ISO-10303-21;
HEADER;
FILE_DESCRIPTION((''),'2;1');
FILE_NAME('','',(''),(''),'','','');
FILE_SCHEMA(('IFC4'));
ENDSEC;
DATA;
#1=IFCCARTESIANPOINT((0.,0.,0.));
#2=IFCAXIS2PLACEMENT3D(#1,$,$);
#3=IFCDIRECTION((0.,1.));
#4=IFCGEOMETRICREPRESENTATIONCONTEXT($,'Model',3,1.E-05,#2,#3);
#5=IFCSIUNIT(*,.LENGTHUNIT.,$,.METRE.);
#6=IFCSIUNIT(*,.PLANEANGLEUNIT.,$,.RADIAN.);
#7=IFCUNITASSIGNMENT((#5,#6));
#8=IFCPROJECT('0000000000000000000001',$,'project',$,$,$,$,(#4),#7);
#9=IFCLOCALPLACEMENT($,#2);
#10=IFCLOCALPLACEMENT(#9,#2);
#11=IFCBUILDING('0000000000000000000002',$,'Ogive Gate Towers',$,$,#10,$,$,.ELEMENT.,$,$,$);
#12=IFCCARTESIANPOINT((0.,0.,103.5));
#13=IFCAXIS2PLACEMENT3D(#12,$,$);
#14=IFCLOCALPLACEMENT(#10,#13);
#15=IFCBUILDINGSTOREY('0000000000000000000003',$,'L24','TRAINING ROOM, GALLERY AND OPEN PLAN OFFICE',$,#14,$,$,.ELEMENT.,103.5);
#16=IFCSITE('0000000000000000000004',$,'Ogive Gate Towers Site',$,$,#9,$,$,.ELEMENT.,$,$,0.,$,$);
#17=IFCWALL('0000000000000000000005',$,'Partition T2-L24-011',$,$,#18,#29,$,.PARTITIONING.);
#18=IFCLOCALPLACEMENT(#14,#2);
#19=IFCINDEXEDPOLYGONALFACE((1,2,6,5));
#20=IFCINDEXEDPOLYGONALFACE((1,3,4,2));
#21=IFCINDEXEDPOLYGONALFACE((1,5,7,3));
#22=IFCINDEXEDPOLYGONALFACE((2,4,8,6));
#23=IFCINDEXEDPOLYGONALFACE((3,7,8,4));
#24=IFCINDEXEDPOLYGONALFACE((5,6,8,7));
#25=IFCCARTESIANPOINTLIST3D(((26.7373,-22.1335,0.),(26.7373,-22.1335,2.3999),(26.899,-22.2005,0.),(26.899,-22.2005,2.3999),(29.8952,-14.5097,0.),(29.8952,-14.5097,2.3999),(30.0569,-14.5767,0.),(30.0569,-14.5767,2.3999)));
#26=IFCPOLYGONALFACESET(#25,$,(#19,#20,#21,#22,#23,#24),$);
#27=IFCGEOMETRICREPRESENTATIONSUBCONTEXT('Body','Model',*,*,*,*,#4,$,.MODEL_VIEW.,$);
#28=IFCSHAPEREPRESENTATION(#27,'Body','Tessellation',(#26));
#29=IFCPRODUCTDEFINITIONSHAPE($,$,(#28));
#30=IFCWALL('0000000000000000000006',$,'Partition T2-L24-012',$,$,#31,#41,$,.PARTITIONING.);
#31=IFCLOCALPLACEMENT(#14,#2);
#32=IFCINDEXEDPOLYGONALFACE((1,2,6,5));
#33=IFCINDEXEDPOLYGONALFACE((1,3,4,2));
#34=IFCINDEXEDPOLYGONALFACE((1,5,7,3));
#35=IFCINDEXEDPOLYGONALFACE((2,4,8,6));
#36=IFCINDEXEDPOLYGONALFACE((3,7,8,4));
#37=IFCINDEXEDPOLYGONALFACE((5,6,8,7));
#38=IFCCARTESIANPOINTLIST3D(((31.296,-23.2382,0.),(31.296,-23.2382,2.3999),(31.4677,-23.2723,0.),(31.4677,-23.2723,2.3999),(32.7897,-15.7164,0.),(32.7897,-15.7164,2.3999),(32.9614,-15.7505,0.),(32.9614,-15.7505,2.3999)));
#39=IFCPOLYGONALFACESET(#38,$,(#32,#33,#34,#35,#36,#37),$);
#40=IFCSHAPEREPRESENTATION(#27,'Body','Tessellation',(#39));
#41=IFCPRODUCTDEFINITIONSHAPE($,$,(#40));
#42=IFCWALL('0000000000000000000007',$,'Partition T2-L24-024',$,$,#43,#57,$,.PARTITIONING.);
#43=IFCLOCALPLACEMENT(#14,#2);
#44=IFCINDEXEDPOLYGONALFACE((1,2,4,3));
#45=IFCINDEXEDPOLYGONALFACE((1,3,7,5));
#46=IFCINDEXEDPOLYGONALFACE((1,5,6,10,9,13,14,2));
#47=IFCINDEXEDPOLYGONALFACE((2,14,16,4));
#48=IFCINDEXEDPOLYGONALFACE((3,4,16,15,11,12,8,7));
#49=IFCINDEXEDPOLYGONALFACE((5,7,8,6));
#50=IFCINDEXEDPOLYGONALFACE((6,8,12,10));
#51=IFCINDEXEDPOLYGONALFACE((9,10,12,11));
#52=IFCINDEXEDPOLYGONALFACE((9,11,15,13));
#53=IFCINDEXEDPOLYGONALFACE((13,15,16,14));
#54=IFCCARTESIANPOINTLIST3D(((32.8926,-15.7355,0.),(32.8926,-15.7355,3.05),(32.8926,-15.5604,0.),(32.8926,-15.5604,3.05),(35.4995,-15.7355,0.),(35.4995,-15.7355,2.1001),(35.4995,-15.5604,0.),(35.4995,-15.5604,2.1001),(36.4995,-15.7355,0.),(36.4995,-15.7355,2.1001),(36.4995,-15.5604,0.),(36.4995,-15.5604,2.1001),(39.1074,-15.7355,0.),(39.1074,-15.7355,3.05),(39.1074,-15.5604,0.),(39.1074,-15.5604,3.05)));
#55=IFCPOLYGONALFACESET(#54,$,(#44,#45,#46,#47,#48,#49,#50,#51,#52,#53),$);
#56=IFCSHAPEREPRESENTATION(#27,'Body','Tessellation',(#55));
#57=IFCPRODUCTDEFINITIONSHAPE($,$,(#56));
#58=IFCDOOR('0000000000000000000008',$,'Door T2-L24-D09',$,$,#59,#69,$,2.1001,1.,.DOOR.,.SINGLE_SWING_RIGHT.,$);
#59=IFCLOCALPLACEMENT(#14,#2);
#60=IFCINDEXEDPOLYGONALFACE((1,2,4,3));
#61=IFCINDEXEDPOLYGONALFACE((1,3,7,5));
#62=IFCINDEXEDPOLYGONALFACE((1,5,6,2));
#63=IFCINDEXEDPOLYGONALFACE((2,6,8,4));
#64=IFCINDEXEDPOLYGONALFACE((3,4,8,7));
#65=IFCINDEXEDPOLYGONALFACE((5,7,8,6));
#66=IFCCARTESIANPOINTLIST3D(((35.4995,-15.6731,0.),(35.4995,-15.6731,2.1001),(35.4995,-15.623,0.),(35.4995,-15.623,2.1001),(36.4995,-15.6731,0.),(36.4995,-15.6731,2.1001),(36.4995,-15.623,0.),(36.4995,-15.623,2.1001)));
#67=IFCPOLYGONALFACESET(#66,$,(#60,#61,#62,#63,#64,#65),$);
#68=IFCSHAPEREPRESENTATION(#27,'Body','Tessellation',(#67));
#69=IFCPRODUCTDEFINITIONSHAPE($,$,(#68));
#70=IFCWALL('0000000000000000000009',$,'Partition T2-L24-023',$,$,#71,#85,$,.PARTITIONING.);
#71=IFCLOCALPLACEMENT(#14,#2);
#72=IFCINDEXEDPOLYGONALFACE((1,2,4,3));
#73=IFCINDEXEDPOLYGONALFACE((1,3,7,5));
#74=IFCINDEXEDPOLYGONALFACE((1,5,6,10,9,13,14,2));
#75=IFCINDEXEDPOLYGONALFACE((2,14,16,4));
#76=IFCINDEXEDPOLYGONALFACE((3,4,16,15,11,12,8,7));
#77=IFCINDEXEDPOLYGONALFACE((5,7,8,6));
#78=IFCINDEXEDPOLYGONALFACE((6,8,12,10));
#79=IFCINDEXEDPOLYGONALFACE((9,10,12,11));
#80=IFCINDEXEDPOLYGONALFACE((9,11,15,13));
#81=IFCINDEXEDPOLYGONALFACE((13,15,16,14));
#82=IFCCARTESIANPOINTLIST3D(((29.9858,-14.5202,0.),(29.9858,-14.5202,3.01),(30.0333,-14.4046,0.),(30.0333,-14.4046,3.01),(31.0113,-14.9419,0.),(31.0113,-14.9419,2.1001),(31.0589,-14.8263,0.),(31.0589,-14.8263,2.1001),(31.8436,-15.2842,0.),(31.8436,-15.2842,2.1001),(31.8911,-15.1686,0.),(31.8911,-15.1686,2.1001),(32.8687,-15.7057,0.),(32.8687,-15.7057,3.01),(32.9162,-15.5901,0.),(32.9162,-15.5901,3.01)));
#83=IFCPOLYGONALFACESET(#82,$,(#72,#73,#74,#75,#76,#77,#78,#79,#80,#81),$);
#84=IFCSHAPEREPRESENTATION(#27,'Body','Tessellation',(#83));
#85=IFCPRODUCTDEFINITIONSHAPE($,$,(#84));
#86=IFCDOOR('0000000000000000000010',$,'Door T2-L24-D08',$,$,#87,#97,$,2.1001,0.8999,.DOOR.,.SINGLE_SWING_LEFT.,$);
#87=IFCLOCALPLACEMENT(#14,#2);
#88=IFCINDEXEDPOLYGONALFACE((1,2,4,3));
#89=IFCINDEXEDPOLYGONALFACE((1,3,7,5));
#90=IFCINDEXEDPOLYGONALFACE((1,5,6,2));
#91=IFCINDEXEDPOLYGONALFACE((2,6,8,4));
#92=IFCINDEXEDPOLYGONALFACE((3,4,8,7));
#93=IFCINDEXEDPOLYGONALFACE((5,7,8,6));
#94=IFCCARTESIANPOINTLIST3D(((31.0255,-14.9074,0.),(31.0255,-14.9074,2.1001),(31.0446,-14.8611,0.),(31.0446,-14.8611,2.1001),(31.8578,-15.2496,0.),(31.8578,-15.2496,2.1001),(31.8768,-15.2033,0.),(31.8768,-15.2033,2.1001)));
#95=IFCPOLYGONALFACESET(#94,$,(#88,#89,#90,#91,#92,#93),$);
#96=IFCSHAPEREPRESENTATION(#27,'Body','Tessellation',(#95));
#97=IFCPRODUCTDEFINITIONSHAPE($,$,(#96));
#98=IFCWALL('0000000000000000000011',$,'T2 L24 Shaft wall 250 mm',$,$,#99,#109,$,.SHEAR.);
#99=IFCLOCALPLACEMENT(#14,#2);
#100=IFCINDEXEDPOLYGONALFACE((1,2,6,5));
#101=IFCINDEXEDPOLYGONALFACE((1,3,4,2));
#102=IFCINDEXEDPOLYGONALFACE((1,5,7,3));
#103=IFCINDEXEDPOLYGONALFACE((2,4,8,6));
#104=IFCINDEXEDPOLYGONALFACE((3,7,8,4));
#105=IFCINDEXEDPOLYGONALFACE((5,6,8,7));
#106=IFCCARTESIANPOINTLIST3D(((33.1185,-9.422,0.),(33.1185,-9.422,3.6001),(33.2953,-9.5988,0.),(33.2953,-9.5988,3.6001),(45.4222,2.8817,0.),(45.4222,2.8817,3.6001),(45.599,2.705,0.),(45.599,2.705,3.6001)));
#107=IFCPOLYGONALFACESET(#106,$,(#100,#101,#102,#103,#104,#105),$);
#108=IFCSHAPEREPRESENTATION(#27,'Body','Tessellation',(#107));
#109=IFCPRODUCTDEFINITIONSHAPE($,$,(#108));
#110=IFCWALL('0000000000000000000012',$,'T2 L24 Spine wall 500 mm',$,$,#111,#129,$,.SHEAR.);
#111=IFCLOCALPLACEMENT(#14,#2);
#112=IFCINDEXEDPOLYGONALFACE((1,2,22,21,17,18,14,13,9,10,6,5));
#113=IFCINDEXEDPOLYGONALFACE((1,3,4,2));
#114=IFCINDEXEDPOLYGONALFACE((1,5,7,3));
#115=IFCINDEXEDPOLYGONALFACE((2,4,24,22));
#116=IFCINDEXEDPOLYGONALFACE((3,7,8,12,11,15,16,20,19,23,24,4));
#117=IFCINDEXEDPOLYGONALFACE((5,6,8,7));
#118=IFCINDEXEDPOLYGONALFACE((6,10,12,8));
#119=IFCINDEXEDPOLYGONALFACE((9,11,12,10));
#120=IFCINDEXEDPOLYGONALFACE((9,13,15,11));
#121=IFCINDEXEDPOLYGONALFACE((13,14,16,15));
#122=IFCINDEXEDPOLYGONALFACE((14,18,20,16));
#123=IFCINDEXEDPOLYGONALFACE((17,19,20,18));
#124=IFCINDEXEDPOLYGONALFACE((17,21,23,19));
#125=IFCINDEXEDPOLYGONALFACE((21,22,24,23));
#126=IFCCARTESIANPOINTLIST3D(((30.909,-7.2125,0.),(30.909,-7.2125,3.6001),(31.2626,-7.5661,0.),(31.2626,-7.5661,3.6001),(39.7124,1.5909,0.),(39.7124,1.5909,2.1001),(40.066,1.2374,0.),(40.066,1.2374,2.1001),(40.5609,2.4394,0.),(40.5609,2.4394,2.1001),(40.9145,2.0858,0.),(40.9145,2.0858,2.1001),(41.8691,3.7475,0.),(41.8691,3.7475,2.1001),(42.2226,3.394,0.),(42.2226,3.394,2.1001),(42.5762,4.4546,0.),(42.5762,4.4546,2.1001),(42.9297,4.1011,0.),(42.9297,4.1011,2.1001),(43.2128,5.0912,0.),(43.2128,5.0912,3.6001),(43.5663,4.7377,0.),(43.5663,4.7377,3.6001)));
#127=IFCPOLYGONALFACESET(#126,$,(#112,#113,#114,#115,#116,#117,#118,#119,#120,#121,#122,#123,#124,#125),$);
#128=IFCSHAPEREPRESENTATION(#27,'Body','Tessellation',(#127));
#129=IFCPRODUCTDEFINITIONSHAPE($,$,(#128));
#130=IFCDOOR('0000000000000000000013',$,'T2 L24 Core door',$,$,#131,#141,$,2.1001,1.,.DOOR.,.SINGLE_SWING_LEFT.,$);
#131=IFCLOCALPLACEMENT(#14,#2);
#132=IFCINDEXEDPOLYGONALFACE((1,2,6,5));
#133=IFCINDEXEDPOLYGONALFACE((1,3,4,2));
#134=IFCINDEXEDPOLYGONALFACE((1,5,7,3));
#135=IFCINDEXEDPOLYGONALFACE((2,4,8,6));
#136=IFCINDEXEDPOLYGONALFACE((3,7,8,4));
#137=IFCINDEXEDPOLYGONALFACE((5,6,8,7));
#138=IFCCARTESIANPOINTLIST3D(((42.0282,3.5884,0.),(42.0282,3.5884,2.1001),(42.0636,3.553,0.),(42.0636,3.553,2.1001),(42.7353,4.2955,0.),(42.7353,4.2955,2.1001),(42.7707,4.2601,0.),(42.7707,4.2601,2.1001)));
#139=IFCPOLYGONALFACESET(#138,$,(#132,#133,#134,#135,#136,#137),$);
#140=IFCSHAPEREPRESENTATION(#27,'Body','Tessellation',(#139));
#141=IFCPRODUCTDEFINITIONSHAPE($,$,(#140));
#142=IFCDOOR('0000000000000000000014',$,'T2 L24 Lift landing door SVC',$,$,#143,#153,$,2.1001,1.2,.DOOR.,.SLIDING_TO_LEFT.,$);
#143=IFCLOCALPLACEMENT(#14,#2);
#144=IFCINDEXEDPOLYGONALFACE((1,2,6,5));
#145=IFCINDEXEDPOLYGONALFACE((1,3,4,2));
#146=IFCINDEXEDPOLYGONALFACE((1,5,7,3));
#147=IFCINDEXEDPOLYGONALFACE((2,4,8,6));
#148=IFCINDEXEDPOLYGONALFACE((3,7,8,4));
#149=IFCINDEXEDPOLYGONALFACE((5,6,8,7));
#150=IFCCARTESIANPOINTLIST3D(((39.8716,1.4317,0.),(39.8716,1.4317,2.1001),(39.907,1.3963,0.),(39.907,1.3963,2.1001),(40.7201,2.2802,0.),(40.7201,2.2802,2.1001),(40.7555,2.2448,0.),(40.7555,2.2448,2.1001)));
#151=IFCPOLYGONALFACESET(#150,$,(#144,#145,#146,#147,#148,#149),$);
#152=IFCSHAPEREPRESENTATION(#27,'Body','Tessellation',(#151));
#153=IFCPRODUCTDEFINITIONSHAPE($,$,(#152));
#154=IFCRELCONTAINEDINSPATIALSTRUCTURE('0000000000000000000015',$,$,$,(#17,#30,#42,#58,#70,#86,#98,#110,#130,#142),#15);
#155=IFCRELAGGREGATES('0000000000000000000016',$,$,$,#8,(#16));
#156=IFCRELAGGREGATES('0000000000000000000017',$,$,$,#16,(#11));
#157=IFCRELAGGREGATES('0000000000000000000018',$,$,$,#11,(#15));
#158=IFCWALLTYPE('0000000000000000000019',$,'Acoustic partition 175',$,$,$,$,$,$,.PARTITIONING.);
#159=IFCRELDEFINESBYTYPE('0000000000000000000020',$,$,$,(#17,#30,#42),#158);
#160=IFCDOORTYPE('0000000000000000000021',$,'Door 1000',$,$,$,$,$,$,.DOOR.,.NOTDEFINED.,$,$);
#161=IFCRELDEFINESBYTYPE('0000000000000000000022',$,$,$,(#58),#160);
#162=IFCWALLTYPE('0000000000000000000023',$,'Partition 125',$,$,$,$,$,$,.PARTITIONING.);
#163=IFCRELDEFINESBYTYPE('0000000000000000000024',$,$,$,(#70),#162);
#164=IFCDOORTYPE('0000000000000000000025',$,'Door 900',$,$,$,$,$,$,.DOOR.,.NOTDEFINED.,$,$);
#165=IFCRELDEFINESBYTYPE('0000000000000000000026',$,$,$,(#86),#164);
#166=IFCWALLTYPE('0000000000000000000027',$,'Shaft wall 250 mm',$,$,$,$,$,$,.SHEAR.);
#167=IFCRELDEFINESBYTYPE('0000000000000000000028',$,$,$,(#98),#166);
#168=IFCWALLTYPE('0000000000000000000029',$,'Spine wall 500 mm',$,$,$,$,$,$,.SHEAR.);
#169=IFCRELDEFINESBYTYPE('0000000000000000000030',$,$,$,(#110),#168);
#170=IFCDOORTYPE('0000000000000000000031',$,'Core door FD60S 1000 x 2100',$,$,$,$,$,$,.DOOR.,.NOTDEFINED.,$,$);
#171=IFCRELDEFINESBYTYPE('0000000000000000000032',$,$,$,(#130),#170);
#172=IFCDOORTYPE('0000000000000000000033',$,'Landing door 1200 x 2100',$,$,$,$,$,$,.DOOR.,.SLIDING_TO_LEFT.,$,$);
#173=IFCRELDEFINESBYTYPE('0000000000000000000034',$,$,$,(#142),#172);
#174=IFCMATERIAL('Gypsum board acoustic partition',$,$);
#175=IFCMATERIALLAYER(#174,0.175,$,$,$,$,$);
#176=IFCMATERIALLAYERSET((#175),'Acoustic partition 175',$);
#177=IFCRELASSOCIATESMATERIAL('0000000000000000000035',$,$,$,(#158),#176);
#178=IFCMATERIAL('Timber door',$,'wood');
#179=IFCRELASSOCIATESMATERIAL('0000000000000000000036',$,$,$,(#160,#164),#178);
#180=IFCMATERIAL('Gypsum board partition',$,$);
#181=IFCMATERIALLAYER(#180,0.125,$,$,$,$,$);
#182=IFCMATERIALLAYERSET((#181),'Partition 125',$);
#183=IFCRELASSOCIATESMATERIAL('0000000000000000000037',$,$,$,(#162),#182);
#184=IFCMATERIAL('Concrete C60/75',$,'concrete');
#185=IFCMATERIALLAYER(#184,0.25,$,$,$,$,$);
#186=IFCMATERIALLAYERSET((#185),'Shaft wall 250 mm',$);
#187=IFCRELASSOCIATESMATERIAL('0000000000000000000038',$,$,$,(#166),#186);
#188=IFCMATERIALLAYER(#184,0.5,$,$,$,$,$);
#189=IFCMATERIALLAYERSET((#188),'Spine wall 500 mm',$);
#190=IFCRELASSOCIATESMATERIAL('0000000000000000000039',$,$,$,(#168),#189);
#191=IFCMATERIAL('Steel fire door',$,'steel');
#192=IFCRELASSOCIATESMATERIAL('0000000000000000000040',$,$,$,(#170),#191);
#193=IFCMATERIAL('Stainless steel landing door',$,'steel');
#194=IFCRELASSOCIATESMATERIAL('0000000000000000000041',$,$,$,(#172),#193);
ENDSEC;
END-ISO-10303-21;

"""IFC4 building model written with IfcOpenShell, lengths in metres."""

from ifc_helpers import new_model, si_unit, direction, frame, frame_2d, origin, place, context, subcontext, project, spatial, rectangle, extrude, material, layer, layer_set, type_object, element, fill, save


model = new_model("IFC4")

# Units and contexts
model_context = context("Model", 3, precision=1e-05, world=origin(), true_north=direction((0.0, 1.0)))
body_context = subcontext(model_context, "Body", "Model", "MODEL_VIEW")
ifc_project = project(units=[si_unit("LENGTHUNIT", "METRE"), si_unit("PLANEANGLEUNIT", "RADIAN")], contexts=[model_context])

# Site, building, storey
site_placement = place(None, origin())
site = spatial("IfcSite", under=ifc_project, at=site_placement, Name="Ogive Gate Towers Site", CompositionType="ELEMENT", RefElevation=0.0)
building_placement = place(site_placement, origin())
building = spatial("IfcBuilding", under=site, at=building_placement, Name="Ogive Gate Towers", CompositionType="ELEMENT")
storey_placement = place(building_placement, frame((0.0, 0.0, 103.5)))
storey = spatial("IfcBuildingStorey", under=building, at=storey_placement, Name="L24", Description="TRAINING ROOM, GALLERY AND OPEN PLAN OFFICE", CompositionType="ELEMENT", Elevation=103.5)

# Walls
ifc_material_1 = material(Name="Gypsum board acoustic partition")
ifc_layer_1 = layer(ifc_material_1, 0.175)
ifc_layer_set_1 = layer_set([ifc_layer_1], Name="Acoustic partition 175")
wall_type_1 = type_object("IfcWallType", Name="Acoustic partition 175", PredefinedType="PARTITIONING", material=ifc_layer_set_1)
wall_1_placement = place(storey_placement, frame((26.8181, -22.167, 0.0), z_axis=(0.0, 0.0, 1.0), x_axis=(0.382692, 0.923876, 0.0)))
element("IfcWall", 1, at=wall_1_placement, inside=storey, type_object=wall_type_1, Name="Partition T2-L24-011", PredefinedType="PARTITIONING", context=body_context, shape_type="SweptSolid", body=[
    extrude(rectangle(XDim=8.252, YDim=0.175, at=frame_2d((4.126, 0.0))), origin(), (0.0, 0.0, 1.0), 2.3999),
])
wall_2_placement = place(storey_placement, frame((31.3818, -23.2554, 0.0), z_axis=(0.0, 0.0, 1.0), x_axis=(0.194775, 0.980848, 0.0)))
element("IfcWall", 2, at=wall_2_placement, inside=storey, type_object=wall_type_1, Name="Partition T2-L24-012", PredefinedType="PARTITIONING", context=body_context, shape_type="SweptSolid", body=[
    extrude(rectangle(XDim=7.6687, YDim=0.175, at=frame_2d((3.8345, 0.0))), origin(), (0.0, 0.0, 1.0), 2.3999),
])

# Walls, openings, doors
wall_3_placement = place(storey_placement, frame((32.8926, -15.6479, 0.0), z_axis=(0.0, 0.0, 1.0), x_axis=(1.0, 0.0, 0.0)))
wall_3 = element("IfcWall", 3, at=wall_3_placement, inside=storey, type_object=wall_type_1, Name="Partition T2-L24-024", PredefinedType="PARTITIONING", context=body_context, shape_type="SweptSolid", body=[
    extrude(rectangle(XDim=6.2148, YDim=0.175, at=frame_2d((3.1074, 0.0))), origin(), (0.0, 0.0, 1.0), 3.05),
])
opening_1_placement = place(wall_3_placement, frame((2.6069, 0.0, 0.0)))
opening_1 = element("IfcOpeningElement", 4, at=opening_1_placement, cuts=wall_3, PredefinedType="OPENING", context=body_context, shape_type="SweptSolid", body=[
    extrude(rectangle(XDim=1.0, YDim=2.1001, at=frame_2d((0.5, 1.05))), frame((0.0, 0.0977, 0.0), z_axis=(0.0, -1.0, 0.0), x_axis=(1.0, 0.0, 0.0)), (0.0, 0.0, 1.0), 0.1951),
])
ifc_material_2 = material(Name="Timber door", Category="wood")
door_type_1 = type_object("IfcDoorType", Name="Door 1000", OperationType="NOTDEFINED", PredefinedType="DOOR", material=ifc_material_2)
door_1_placement = place(opening_1_placement, origin())
door_1 = element("IfcDoor", 5, at=door_1_placement, inside=storey, type_object=door_type_1, Name="Door T2-L24-D09", OperationType="SINGLE_SWING_RIGHT", OverallHeight=2.1001, OverallWidth=1.0, PredefinedType="DOOR", context=body_context, shape_type="SweptSolid", body=[
    extrude(rectangle(XDim=1.0, YDim=2.1001, at=frame_2d((0.5, 1.05))), frame((0.0, 0.0249, 0.0), z_axis=(0.0, -1.0, 0.0), x_axis=(1.0, 0.0, 0.0)), (0.0, 0.0, 1.0), 0.05),
])
fill(opening_1, door_1)
ifc_material_3 = material(Name="Gypsum board partition")
ifc_layer_2 = layer(ifc_material_3, 0.125)
ifc_layer_set_2 = layer_set([ifc_layer_2], Name="Partition 125")
wall_type_2 = type_object("IfcWallType", Name="Partition 125", PredefinedType="PARTITIONING", material=ifc_layer_set_2)
wall_4_placement = place(storey_placement, frame((30.0095, -14.4624, 0.0), z_axis=(0.0, 0.0, 1.0), x_axis=(0.924858, -0.380313, 0.0)))
wall_4 = element("IfcWall", 6, at=wall_4_placement, inside=storey, type_object=wall_type_2, Name="Partition T2-L24-023", PredefinedType="PARTITIONING", context=body_context, shape_type="SweptSolid", body=[
    extrude(rectangle(XDim=3.1172, YDim=0.125, at=frame_2d((1.5586, 0.0))), origin(), (0.0, 0.0, 1.0), 3.01),
])
opening_2_placement = place(wall_4_placement, frame((1.1089, 0.0, 0.0)))
opening_2 = element("IfcOpeningElement", 7, at=opening_2_placement, cuts=wall_4, PredefinedType="OPENING", context=body_context, shape_type="SweptSolid", body=[
    extrude(rectangle(XDim=0.8999, YDim=2.1001, at=frame_2d((0.45, 1.05))), frame((0.0, 0.0725, 0.0), z_axis=(0.0, -1.0, 0.0), x_axis=(1.0, 0.0, 0.0)), (0.0, 0.0, 1.0), 0.145),
])
door_type_2 = type_object("IfcDoorType", Name="Door 900", OperationType="NOTDEFINED", PredefinedType="DOOR", material=ifc_material_2)
door_2_placement = place(opening_2_placement, origin())
door_2 = element("IfcDoor", 8, at=door_2_placement, inside=storey, type_object=door_type_2, Name="Door T2-L24-D08", OperationType="SINGLE_SWING_LEFT", OverallHeight=2.1001, OverallWidth=0.8999, PredefinedType="DOOR", context=body_context, shape_type="SweptSolid", body=[
    extrude(rectangle(XDim=0.8999, YDim=2.1001, at=frame_2d((0.45, 1.05))), frame((0.0, 0.0249, 0.0), z_axis=(0.0, -1.0, 0.0), x_axis=(1.0, 0.0, 0.0)), (0.0, 0.0, 1.0), 0.05),
])
fill(opening_2, door_2)

# Wall
ifc_material_4 = material(Name="Concrete C60/75", Category="concrete")
ifc_layer_3 = layer(ifc_material_4, 0.25)
ifc_layer_set_3 = layer_set([ifc_layer_3], Name="Shaft wall 250 mm")
wall_type_3 = type_object("IfcWallType", Name="Shaft wall 250 mm", PredefinedType="SHEAR", material=ifc_layer_set_3)
wall_5_placement = place(storey_placement, frame((33.2068, -9.5105, 0.0), z_axis=(0.0, 0.0, 1.0), x_axis=(0.707107, 0.707107, 0.0)))
element("IfcWall", 9, at=wall_5_placement, inside=storey, type_object=wall_type_3, Name="T2 L24 Shaft wall 250 mm", PredefinedType="SHEAR", context=body_context, shape_type="SweptSolid", body=[
    extrude(rectangle(XDim=17.4001, YDim=0.25, at=frame_2d((8.7002, 0.0))), origin(), (0.0, 0.0, 1.0), 3.6001),
])

# Wall, openings, doors
ifc_layer_4 = layer(ifc_material_4, 0.5)
ifc_layer_set_4 = layer_set([ifc_layer_4], Name="Spine wall 500 mm")
wall_type_4 = type_object("IfcWallType", Name="Spine wall 500 mm", PredefinedType="SHEAR", material=ifc_layer_set_4)
wall_6_placement = place(storey_placement, frame((31.0857, -7.3894, 0.0), z_axis=(0.0, 0.0, 1.0), x_axis=(0.707107, 0.707107, 0.0)))
wall_6 = element("IfcWall", 10, at=wall_6_placement, inside=storey, type_object=wall_type_4, Name="T2 L24 Spine wall 500 mm", PredefinedType="SHEAR", context=body_context, shape_type="SweptSolid", body=[
    extrude(rectangle(XDim=17.4001, YDim=0.5, at=frame_2d((8.7002, 0.0))), origin(), (0.0, 0.0, 1.0), 3.6001),
])
opening_3_placement = place(wall_6_placement, frame((12.45, 0.0, 0.0)))
opening_3 = element("IfcOpeningElement", 11, at=opening_3_placement, cuts=wall_6, PredefinedType="OPENING", context=body_context, shape_type="SweptSolid", body=[
    extrude(rectangle(XDim=1.2, YDim=2.1001, at=frame_2d((0.6001, 1.05))), frame((0.0, 0.26, 0.0), z_axis=(0.0, -1.0, 0.0), x_axis=(1.0, 0.0, 0.0)), (0.0, 0.0, 1.0), 0.52),
])
opening_4_placement = place(wall_6_placement, frame((15.5, 0.0, 0.0)))
opening_4 = element("IfcOpeningElement", 12, at=opening_4_placement, cuts=wall_6, PredefinedType="OPENING", context=body_context, shape_type="SweptSolid", body=[
    extrude(rectangle(XDim=1.0, YDim=2.1001, at=frame_2d((0.5, 1.05))), frame((0.0, 0.26, 0.0), z_axis=(0.0, -1.0, 0.0), x_axis=(1.0, 0.0, 0.0)), (0.0, 0.0, 1.0), 0.52),
])
ifc_material_5 = material(Name="Steel fire door", Category="steel")
door_type_3 = type_object("IfcDoorType", Name="Core door FD60S 1000 x 2100", OperationType="NOTDEFINED", PredefinedType="DOOR", material=ifc_material_5)
door_3_placement = place(opening_4_placement, origin())
door_3 = element("IfcDoor", 13, at=door_3_placement, inside=storey, type_object=door_type_3, Name="T2 L24 Core door", OperationType="SINGLE_SWING_LEFT", OverallHeight=2.1001, OverallWidth=1.0, PredefinedType="DOOR", context=body_context, shape_type="SweptSolid", body=[
    extrude(rectangle(XDim=1.0, YDim=2.1001, at=frame_2d((0.5, 1.05))), frame((0.0, 0.0249, 0.0), z_axis=(0.0, -1.0, 0.0), x_axis=(1.0, 0.0, 0.0)), (0.0, 0.0, 1.0), 0.05),
])
fill(opening_4, door_3)
ifc_material_6 = material(Name="Stainless steel landing door", Category="steel")
door_type_4 = type_object("IfcDoorType", Name="Landing door 1200 x 2100", OperationType="SLIDING_TO_LEFT", PredefinedType="DOOR", material=ifc_material_6)
door_4_placement = place(opening_3_placement, origin())
door_4 = element("IfcDoor", 14, at=door_4_placement, inside=storey, type_object=door_type_4, Name="T2 L24 Lift landing door SVC", OperationType="SLIDING_TO_LEFT", OverallHeight=2.1001, OverallWidth=1.2, PredefinedType="DOOR", context=body_context, shape_type="SweptSolid", body=[
    extrude(rectangle(XDim=1.2, YDim=2.1001, at=frame_2d((0.6001, 1.05))), frame((0.0, 0.0249, 0.0), z_axis=(0.0, -1.0, 0.0), x_axis=(1.0, 0.0, 0.0)), (0.0, 0.0, 1.0), 0.05),
])
fill(opening_3, door_4)

save(model, "model.ifc")
